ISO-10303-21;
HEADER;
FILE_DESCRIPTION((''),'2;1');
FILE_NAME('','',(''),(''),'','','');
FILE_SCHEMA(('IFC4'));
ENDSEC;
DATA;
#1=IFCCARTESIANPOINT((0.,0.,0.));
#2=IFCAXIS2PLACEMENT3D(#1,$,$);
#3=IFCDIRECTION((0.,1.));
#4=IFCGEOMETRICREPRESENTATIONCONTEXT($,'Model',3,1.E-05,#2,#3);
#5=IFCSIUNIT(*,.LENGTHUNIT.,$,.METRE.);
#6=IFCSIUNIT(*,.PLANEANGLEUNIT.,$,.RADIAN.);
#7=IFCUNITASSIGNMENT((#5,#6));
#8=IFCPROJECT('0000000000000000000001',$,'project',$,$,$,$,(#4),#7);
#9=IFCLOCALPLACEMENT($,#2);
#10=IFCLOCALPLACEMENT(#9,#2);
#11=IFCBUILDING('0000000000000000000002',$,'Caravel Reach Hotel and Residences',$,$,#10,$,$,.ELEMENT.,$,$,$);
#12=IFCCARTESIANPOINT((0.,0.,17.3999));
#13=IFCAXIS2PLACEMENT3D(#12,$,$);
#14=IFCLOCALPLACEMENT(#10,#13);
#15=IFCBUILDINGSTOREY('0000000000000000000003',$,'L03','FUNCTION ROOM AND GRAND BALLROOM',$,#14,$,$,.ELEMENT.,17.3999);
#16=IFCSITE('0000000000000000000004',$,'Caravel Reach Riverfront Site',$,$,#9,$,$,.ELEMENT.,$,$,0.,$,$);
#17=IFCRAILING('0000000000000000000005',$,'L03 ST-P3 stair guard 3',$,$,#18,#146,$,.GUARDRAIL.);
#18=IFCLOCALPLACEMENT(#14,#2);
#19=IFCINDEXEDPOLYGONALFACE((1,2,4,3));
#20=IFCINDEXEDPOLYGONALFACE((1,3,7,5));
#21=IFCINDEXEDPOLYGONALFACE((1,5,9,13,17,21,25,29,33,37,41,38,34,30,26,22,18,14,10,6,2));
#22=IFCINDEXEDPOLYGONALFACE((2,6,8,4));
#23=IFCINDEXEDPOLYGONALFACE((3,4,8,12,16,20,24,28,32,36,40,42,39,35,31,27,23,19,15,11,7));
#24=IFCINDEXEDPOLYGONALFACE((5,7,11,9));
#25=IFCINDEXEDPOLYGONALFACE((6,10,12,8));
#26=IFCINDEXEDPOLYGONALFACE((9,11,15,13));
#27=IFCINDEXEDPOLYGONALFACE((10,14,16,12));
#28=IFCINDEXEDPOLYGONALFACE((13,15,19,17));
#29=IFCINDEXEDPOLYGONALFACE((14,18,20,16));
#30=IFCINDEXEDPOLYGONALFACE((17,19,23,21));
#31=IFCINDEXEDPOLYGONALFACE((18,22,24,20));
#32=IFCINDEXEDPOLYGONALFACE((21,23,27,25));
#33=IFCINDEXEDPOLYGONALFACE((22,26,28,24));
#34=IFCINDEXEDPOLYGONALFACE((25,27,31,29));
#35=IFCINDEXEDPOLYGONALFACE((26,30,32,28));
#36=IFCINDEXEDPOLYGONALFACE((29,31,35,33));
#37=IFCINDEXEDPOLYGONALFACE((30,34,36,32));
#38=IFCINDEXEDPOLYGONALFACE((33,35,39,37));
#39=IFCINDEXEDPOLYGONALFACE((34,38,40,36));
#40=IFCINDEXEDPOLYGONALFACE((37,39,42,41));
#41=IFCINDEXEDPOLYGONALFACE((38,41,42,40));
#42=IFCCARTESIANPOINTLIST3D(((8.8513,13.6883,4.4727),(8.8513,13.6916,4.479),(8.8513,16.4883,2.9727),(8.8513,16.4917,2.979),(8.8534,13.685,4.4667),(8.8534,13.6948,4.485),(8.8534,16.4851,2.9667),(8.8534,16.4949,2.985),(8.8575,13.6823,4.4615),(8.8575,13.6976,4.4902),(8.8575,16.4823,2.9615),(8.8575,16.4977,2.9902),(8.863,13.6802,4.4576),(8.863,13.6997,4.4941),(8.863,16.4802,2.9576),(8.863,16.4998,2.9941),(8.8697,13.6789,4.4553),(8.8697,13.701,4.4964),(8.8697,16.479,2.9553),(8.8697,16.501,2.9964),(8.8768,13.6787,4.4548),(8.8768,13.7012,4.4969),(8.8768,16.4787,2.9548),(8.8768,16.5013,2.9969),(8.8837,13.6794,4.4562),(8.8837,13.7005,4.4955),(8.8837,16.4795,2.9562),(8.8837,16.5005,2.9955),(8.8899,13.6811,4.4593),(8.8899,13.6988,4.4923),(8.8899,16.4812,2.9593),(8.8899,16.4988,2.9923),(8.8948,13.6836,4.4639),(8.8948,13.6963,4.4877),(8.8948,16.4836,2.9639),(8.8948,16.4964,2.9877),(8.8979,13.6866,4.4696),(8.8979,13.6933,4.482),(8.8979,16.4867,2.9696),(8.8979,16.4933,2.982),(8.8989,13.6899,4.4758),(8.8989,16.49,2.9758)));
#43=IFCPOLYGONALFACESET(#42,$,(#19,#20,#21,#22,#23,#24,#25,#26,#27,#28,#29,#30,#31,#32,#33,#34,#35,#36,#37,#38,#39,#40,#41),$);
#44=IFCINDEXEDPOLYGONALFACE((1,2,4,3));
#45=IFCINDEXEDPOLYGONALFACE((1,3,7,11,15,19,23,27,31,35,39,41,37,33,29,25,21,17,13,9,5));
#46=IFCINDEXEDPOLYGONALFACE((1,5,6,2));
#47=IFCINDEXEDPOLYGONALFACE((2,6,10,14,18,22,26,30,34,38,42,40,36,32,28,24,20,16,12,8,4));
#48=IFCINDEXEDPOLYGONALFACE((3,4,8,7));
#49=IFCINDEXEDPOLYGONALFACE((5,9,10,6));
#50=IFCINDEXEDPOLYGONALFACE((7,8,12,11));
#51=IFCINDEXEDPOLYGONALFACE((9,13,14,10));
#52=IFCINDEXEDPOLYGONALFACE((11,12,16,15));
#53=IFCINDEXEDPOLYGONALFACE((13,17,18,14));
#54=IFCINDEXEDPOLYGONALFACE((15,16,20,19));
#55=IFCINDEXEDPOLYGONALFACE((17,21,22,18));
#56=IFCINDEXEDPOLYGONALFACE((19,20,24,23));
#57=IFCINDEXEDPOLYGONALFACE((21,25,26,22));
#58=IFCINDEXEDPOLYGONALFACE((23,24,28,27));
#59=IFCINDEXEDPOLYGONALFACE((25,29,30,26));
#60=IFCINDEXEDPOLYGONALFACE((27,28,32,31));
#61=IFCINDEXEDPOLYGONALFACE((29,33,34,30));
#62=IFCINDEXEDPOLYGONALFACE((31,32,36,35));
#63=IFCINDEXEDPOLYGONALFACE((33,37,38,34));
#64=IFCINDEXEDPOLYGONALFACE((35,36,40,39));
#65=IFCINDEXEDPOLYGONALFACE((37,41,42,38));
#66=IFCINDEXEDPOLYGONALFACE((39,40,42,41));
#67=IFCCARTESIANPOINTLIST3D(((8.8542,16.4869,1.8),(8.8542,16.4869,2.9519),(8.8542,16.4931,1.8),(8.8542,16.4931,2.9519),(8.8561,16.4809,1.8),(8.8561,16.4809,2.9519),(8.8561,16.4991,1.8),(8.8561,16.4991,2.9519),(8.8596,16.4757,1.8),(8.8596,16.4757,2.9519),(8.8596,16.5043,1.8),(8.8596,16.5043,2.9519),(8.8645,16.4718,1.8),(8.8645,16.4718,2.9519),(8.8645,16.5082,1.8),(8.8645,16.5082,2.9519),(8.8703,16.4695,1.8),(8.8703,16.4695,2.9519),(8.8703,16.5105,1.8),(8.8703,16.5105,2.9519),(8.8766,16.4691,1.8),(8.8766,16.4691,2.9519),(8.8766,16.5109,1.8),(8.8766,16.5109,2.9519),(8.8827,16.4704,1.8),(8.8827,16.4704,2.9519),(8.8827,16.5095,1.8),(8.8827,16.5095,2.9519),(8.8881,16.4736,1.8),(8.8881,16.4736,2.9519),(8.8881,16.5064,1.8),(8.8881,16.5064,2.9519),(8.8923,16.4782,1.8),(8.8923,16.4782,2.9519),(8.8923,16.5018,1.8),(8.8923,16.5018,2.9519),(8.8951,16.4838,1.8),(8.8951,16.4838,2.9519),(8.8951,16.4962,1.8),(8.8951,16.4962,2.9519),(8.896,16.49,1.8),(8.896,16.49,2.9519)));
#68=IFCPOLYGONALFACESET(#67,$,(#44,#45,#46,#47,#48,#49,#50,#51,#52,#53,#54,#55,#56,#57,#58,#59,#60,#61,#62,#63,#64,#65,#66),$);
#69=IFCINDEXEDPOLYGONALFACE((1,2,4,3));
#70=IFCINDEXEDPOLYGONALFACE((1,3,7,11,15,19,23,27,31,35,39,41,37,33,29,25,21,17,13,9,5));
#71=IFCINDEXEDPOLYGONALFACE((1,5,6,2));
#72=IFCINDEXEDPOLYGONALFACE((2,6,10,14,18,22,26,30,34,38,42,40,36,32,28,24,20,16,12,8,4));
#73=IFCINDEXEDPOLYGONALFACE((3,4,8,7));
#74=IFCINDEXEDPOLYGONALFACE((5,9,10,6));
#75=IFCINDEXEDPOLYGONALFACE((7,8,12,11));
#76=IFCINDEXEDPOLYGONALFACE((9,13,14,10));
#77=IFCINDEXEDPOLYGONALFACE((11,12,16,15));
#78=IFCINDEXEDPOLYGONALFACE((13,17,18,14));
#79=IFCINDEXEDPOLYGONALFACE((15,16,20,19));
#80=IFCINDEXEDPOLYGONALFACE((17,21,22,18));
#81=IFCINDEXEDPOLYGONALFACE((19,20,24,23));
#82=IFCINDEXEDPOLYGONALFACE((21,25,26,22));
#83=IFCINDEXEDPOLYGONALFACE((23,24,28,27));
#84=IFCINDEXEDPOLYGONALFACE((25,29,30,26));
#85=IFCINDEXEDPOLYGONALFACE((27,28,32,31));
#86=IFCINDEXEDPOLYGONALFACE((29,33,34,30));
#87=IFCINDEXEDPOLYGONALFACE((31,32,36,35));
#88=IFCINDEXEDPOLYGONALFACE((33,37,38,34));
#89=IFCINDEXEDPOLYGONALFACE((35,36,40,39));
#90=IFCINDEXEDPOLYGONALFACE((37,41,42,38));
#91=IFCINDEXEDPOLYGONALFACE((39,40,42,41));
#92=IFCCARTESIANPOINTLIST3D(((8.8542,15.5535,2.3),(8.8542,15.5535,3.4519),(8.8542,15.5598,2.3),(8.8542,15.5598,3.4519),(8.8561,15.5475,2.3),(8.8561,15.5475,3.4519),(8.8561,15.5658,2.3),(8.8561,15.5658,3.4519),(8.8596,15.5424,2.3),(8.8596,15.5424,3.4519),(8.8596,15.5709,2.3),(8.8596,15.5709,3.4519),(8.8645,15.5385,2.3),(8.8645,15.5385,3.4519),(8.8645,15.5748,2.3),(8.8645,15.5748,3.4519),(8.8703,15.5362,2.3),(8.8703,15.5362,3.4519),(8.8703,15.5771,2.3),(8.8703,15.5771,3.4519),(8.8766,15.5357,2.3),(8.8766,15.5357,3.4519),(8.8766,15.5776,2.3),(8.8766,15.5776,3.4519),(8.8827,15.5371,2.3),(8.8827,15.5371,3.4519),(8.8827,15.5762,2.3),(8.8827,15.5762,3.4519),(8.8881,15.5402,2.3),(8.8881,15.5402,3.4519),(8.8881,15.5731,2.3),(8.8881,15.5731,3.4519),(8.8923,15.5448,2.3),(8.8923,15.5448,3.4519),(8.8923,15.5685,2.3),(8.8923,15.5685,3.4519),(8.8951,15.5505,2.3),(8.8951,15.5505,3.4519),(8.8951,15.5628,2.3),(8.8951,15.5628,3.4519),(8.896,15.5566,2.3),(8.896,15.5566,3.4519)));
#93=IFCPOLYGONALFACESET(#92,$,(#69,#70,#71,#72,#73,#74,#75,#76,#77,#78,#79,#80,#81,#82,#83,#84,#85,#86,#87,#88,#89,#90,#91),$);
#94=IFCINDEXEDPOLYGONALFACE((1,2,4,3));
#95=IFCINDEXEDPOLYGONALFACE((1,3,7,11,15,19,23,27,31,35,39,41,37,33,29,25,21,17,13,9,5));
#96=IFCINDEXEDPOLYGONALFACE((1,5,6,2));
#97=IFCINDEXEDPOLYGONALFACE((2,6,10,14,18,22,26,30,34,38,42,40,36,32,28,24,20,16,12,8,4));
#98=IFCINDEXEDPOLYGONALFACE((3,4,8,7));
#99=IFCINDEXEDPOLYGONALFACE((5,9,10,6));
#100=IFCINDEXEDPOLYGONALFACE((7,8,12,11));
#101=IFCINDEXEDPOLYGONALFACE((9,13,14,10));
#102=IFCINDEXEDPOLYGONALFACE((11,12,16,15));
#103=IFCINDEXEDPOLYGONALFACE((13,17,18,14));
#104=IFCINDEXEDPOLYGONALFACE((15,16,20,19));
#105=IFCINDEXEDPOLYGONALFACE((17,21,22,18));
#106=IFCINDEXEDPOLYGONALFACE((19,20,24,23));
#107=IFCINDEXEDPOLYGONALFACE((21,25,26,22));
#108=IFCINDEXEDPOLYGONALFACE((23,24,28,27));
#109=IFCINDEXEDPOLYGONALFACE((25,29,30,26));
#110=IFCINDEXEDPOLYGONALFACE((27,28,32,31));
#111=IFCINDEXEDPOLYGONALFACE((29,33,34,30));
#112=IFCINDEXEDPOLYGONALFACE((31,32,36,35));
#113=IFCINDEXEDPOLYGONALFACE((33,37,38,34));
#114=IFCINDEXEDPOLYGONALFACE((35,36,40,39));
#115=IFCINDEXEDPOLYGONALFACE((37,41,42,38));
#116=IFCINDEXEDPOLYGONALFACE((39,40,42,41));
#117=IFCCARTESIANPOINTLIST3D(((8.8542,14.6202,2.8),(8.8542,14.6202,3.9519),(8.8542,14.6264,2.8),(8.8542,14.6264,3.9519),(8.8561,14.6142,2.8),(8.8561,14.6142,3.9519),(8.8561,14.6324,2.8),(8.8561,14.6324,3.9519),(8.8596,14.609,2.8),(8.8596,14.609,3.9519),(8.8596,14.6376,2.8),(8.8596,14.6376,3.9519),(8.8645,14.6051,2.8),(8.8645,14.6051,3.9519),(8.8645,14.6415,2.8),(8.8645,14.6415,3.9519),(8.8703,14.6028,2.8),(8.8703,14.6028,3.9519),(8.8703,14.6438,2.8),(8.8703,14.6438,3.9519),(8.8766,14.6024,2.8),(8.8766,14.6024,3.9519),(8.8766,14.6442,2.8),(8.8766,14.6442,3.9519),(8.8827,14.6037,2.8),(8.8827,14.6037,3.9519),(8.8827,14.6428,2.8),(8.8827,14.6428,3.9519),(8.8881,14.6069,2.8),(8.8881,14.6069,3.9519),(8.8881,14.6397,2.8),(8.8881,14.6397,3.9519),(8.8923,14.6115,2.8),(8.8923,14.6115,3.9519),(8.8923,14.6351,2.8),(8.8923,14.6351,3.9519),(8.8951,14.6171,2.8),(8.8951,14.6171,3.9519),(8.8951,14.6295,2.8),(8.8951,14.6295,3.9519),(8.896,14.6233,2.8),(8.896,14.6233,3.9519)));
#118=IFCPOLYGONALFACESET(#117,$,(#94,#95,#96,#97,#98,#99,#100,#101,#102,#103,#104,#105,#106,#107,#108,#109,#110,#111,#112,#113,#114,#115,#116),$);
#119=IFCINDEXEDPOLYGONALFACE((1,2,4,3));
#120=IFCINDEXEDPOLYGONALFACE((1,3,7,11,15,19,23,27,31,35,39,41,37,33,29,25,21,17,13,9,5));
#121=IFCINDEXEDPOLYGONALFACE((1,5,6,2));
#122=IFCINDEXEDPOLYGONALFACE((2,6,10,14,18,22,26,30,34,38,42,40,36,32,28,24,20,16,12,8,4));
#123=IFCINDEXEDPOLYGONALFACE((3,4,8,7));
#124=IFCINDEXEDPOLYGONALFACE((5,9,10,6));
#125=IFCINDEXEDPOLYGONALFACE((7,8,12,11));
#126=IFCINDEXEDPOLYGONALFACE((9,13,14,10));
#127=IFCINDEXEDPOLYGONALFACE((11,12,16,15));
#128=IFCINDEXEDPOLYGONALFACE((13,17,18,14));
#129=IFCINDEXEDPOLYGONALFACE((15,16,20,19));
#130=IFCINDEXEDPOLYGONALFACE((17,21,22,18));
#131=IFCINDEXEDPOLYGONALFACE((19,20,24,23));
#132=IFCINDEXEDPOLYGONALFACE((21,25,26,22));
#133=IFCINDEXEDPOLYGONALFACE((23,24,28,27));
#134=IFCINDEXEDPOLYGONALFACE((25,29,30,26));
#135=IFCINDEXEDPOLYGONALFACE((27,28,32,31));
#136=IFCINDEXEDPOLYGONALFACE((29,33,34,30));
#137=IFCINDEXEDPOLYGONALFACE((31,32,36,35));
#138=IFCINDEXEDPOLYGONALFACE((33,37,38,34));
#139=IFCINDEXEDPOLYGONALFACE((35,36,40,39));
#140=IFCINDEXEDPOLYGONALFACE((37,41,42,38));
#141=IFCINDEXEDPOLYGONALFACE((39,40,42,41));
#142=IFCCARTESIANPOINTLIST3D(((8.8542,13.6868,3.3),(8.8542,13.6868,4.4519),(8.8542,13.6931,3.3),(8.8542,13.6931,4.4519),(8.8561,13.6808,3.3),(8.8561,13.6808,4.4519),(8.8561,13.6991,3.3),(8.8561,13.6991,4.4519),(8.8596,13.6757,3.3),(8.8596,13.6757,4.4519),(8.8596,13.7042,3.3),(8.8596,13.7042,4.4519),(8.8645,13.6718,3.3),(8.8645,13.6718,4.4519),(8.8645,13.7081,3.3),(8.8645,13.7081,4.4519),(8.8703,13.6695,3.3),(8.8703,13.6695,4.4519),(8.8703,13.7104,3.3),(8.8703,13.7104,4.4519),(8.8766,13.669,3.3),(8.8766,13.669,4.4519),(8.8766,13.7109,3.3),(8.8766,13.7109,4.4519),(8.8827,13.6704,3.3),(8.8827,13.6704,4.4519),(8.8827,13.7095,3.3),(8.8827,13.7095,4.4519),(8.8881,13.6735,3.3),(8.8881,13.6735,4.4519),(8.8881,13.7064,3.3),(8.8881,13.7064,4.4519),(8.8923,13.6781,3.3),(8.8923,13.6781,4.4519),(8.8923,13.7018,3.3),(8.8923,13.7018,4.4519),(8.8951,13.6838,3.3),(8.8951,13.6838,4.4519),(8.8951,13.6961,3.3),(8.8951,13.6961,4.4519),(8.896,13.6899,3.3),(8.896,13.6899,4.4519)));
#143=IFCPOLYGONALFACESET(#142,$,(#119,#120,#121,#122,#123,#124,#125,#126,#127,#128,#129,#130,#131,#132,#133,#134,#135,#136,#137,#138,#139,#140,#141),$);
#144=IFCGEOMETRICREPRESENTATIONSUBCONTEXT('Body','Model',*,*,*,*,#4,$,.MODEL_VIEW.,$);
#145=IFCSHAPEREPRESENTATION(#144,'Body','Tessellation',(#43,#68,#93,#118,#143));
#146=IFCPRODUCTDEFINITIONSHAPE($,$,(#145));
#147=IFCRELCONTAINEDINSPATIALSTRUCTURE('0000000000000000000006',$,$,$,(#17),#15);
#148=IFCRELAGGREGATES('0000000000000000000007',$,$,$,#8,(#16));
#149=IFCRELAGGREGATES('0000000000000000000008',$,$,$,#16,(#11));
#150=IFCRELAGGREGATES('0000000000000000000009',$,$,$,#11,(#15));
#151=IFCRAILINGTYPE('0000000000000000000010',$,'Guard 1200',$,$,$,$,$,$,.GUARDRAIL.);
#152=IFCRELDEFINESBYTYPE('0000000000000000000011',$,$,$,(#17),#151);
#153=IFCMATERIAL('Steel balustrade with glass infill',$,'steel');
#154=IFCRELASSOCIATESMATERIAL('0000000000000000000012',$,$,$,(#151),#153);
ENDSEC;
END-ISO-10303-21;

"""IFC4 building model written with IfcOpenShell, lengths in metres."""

from ifc_helpers import new_model, si_unit, direction, frame, origin, origin_2d, place, context, subcontext, project, spatial, circle, extrude, material, type_object, element, save


model = new_model("IFC4")

# Units and contexts
model_context = context("Model", 3, precision=1e-05, world=origin(), true_north=direction((0.0, 1.0)))
body_context = subcontext(model_context, "Body", "Model", "MODEL_VIEW")
ifc_project = project(units=[si_unit("LENGTHUNIT", "METRE"), si_unit("PLANEANGLEUNIT", "RADIAN")], contexts=[model_context])

# Site, building, storey
site_placement = place(None, origin())
site = spatial("IfcSite", under=ifc_project, at=site_placement, Name="Caravel Reach Riverfront Site", CompositionType="ELEMENT", RefElevation=0.0)
building_placement = place(site_placement, origin())
building = spatial("IfcBuilding", under=site, at=building_placement, Name="Caravel Reach Hotel and Residences", CompositionType="ELEMENT")
storey_placement = place(building_placement, frame((0.0, 0.0, 17.3999)))
storey = spatial("IfcBuildingStorey", under=building, at=storey_placement, Name="L03", Description="FUNCTION ROOM AND GRAND BALLROOM", CompositionType="ELEMENT", Elevation=17.3999)

# Railing
ifc_material_1 = material(Name="Steel balustrade with glass infill", Category="steel")
railing_type_1 = type_object("IfcRailingType", Name="Guard 1200", PredefinedType="GUARDRAIL", material=ifc_material_1)
railing_1_placement = place(storey_placement, frame((8.875, 16.49, 1.8)))
element("IfcRailing", 1, at=railing_1_placement, inside=storey, type_object=railing_type_1, Name="L03 ST-P3 stair guard 3", PredefinedType="GUARDRAIL", context=body_context, shape_type="SweptSolid", body=[
    extrude(circle(Radius=0.0239, at=origin_2d()), frame((0.0, 0.0, 1.1758), z_axis=(0.0, -0.881483, 0.472215), x_axis=(1.0, 0.0, 0.0)), (0.0, 0.0, 1.0), 3.1765),
    extrude(circle(Radius=0.021, at=origin_2d()), origin(), (0.0, 0.0, 1.0), 1.1519),
    extrude(circle(Radius=0.021, at=origin_2d()), frame((0.0, -0.9333, 0.5)), (0.0, 0.0, 1.0), 1.1519),
    extrude(circle(Radius=0.021, at=origin_2d()), frame((0.0, -1.8667, 1.0)), (0.0, 0.0, 1.0), 1.1519),
    extrude(circle(Radius=0.021, at=origin_2d()), frame((0.0, -2.8, 1.5)), (0.0, 0.0, 1.0), 1.1519),
])

save(model, "model.ifc")
